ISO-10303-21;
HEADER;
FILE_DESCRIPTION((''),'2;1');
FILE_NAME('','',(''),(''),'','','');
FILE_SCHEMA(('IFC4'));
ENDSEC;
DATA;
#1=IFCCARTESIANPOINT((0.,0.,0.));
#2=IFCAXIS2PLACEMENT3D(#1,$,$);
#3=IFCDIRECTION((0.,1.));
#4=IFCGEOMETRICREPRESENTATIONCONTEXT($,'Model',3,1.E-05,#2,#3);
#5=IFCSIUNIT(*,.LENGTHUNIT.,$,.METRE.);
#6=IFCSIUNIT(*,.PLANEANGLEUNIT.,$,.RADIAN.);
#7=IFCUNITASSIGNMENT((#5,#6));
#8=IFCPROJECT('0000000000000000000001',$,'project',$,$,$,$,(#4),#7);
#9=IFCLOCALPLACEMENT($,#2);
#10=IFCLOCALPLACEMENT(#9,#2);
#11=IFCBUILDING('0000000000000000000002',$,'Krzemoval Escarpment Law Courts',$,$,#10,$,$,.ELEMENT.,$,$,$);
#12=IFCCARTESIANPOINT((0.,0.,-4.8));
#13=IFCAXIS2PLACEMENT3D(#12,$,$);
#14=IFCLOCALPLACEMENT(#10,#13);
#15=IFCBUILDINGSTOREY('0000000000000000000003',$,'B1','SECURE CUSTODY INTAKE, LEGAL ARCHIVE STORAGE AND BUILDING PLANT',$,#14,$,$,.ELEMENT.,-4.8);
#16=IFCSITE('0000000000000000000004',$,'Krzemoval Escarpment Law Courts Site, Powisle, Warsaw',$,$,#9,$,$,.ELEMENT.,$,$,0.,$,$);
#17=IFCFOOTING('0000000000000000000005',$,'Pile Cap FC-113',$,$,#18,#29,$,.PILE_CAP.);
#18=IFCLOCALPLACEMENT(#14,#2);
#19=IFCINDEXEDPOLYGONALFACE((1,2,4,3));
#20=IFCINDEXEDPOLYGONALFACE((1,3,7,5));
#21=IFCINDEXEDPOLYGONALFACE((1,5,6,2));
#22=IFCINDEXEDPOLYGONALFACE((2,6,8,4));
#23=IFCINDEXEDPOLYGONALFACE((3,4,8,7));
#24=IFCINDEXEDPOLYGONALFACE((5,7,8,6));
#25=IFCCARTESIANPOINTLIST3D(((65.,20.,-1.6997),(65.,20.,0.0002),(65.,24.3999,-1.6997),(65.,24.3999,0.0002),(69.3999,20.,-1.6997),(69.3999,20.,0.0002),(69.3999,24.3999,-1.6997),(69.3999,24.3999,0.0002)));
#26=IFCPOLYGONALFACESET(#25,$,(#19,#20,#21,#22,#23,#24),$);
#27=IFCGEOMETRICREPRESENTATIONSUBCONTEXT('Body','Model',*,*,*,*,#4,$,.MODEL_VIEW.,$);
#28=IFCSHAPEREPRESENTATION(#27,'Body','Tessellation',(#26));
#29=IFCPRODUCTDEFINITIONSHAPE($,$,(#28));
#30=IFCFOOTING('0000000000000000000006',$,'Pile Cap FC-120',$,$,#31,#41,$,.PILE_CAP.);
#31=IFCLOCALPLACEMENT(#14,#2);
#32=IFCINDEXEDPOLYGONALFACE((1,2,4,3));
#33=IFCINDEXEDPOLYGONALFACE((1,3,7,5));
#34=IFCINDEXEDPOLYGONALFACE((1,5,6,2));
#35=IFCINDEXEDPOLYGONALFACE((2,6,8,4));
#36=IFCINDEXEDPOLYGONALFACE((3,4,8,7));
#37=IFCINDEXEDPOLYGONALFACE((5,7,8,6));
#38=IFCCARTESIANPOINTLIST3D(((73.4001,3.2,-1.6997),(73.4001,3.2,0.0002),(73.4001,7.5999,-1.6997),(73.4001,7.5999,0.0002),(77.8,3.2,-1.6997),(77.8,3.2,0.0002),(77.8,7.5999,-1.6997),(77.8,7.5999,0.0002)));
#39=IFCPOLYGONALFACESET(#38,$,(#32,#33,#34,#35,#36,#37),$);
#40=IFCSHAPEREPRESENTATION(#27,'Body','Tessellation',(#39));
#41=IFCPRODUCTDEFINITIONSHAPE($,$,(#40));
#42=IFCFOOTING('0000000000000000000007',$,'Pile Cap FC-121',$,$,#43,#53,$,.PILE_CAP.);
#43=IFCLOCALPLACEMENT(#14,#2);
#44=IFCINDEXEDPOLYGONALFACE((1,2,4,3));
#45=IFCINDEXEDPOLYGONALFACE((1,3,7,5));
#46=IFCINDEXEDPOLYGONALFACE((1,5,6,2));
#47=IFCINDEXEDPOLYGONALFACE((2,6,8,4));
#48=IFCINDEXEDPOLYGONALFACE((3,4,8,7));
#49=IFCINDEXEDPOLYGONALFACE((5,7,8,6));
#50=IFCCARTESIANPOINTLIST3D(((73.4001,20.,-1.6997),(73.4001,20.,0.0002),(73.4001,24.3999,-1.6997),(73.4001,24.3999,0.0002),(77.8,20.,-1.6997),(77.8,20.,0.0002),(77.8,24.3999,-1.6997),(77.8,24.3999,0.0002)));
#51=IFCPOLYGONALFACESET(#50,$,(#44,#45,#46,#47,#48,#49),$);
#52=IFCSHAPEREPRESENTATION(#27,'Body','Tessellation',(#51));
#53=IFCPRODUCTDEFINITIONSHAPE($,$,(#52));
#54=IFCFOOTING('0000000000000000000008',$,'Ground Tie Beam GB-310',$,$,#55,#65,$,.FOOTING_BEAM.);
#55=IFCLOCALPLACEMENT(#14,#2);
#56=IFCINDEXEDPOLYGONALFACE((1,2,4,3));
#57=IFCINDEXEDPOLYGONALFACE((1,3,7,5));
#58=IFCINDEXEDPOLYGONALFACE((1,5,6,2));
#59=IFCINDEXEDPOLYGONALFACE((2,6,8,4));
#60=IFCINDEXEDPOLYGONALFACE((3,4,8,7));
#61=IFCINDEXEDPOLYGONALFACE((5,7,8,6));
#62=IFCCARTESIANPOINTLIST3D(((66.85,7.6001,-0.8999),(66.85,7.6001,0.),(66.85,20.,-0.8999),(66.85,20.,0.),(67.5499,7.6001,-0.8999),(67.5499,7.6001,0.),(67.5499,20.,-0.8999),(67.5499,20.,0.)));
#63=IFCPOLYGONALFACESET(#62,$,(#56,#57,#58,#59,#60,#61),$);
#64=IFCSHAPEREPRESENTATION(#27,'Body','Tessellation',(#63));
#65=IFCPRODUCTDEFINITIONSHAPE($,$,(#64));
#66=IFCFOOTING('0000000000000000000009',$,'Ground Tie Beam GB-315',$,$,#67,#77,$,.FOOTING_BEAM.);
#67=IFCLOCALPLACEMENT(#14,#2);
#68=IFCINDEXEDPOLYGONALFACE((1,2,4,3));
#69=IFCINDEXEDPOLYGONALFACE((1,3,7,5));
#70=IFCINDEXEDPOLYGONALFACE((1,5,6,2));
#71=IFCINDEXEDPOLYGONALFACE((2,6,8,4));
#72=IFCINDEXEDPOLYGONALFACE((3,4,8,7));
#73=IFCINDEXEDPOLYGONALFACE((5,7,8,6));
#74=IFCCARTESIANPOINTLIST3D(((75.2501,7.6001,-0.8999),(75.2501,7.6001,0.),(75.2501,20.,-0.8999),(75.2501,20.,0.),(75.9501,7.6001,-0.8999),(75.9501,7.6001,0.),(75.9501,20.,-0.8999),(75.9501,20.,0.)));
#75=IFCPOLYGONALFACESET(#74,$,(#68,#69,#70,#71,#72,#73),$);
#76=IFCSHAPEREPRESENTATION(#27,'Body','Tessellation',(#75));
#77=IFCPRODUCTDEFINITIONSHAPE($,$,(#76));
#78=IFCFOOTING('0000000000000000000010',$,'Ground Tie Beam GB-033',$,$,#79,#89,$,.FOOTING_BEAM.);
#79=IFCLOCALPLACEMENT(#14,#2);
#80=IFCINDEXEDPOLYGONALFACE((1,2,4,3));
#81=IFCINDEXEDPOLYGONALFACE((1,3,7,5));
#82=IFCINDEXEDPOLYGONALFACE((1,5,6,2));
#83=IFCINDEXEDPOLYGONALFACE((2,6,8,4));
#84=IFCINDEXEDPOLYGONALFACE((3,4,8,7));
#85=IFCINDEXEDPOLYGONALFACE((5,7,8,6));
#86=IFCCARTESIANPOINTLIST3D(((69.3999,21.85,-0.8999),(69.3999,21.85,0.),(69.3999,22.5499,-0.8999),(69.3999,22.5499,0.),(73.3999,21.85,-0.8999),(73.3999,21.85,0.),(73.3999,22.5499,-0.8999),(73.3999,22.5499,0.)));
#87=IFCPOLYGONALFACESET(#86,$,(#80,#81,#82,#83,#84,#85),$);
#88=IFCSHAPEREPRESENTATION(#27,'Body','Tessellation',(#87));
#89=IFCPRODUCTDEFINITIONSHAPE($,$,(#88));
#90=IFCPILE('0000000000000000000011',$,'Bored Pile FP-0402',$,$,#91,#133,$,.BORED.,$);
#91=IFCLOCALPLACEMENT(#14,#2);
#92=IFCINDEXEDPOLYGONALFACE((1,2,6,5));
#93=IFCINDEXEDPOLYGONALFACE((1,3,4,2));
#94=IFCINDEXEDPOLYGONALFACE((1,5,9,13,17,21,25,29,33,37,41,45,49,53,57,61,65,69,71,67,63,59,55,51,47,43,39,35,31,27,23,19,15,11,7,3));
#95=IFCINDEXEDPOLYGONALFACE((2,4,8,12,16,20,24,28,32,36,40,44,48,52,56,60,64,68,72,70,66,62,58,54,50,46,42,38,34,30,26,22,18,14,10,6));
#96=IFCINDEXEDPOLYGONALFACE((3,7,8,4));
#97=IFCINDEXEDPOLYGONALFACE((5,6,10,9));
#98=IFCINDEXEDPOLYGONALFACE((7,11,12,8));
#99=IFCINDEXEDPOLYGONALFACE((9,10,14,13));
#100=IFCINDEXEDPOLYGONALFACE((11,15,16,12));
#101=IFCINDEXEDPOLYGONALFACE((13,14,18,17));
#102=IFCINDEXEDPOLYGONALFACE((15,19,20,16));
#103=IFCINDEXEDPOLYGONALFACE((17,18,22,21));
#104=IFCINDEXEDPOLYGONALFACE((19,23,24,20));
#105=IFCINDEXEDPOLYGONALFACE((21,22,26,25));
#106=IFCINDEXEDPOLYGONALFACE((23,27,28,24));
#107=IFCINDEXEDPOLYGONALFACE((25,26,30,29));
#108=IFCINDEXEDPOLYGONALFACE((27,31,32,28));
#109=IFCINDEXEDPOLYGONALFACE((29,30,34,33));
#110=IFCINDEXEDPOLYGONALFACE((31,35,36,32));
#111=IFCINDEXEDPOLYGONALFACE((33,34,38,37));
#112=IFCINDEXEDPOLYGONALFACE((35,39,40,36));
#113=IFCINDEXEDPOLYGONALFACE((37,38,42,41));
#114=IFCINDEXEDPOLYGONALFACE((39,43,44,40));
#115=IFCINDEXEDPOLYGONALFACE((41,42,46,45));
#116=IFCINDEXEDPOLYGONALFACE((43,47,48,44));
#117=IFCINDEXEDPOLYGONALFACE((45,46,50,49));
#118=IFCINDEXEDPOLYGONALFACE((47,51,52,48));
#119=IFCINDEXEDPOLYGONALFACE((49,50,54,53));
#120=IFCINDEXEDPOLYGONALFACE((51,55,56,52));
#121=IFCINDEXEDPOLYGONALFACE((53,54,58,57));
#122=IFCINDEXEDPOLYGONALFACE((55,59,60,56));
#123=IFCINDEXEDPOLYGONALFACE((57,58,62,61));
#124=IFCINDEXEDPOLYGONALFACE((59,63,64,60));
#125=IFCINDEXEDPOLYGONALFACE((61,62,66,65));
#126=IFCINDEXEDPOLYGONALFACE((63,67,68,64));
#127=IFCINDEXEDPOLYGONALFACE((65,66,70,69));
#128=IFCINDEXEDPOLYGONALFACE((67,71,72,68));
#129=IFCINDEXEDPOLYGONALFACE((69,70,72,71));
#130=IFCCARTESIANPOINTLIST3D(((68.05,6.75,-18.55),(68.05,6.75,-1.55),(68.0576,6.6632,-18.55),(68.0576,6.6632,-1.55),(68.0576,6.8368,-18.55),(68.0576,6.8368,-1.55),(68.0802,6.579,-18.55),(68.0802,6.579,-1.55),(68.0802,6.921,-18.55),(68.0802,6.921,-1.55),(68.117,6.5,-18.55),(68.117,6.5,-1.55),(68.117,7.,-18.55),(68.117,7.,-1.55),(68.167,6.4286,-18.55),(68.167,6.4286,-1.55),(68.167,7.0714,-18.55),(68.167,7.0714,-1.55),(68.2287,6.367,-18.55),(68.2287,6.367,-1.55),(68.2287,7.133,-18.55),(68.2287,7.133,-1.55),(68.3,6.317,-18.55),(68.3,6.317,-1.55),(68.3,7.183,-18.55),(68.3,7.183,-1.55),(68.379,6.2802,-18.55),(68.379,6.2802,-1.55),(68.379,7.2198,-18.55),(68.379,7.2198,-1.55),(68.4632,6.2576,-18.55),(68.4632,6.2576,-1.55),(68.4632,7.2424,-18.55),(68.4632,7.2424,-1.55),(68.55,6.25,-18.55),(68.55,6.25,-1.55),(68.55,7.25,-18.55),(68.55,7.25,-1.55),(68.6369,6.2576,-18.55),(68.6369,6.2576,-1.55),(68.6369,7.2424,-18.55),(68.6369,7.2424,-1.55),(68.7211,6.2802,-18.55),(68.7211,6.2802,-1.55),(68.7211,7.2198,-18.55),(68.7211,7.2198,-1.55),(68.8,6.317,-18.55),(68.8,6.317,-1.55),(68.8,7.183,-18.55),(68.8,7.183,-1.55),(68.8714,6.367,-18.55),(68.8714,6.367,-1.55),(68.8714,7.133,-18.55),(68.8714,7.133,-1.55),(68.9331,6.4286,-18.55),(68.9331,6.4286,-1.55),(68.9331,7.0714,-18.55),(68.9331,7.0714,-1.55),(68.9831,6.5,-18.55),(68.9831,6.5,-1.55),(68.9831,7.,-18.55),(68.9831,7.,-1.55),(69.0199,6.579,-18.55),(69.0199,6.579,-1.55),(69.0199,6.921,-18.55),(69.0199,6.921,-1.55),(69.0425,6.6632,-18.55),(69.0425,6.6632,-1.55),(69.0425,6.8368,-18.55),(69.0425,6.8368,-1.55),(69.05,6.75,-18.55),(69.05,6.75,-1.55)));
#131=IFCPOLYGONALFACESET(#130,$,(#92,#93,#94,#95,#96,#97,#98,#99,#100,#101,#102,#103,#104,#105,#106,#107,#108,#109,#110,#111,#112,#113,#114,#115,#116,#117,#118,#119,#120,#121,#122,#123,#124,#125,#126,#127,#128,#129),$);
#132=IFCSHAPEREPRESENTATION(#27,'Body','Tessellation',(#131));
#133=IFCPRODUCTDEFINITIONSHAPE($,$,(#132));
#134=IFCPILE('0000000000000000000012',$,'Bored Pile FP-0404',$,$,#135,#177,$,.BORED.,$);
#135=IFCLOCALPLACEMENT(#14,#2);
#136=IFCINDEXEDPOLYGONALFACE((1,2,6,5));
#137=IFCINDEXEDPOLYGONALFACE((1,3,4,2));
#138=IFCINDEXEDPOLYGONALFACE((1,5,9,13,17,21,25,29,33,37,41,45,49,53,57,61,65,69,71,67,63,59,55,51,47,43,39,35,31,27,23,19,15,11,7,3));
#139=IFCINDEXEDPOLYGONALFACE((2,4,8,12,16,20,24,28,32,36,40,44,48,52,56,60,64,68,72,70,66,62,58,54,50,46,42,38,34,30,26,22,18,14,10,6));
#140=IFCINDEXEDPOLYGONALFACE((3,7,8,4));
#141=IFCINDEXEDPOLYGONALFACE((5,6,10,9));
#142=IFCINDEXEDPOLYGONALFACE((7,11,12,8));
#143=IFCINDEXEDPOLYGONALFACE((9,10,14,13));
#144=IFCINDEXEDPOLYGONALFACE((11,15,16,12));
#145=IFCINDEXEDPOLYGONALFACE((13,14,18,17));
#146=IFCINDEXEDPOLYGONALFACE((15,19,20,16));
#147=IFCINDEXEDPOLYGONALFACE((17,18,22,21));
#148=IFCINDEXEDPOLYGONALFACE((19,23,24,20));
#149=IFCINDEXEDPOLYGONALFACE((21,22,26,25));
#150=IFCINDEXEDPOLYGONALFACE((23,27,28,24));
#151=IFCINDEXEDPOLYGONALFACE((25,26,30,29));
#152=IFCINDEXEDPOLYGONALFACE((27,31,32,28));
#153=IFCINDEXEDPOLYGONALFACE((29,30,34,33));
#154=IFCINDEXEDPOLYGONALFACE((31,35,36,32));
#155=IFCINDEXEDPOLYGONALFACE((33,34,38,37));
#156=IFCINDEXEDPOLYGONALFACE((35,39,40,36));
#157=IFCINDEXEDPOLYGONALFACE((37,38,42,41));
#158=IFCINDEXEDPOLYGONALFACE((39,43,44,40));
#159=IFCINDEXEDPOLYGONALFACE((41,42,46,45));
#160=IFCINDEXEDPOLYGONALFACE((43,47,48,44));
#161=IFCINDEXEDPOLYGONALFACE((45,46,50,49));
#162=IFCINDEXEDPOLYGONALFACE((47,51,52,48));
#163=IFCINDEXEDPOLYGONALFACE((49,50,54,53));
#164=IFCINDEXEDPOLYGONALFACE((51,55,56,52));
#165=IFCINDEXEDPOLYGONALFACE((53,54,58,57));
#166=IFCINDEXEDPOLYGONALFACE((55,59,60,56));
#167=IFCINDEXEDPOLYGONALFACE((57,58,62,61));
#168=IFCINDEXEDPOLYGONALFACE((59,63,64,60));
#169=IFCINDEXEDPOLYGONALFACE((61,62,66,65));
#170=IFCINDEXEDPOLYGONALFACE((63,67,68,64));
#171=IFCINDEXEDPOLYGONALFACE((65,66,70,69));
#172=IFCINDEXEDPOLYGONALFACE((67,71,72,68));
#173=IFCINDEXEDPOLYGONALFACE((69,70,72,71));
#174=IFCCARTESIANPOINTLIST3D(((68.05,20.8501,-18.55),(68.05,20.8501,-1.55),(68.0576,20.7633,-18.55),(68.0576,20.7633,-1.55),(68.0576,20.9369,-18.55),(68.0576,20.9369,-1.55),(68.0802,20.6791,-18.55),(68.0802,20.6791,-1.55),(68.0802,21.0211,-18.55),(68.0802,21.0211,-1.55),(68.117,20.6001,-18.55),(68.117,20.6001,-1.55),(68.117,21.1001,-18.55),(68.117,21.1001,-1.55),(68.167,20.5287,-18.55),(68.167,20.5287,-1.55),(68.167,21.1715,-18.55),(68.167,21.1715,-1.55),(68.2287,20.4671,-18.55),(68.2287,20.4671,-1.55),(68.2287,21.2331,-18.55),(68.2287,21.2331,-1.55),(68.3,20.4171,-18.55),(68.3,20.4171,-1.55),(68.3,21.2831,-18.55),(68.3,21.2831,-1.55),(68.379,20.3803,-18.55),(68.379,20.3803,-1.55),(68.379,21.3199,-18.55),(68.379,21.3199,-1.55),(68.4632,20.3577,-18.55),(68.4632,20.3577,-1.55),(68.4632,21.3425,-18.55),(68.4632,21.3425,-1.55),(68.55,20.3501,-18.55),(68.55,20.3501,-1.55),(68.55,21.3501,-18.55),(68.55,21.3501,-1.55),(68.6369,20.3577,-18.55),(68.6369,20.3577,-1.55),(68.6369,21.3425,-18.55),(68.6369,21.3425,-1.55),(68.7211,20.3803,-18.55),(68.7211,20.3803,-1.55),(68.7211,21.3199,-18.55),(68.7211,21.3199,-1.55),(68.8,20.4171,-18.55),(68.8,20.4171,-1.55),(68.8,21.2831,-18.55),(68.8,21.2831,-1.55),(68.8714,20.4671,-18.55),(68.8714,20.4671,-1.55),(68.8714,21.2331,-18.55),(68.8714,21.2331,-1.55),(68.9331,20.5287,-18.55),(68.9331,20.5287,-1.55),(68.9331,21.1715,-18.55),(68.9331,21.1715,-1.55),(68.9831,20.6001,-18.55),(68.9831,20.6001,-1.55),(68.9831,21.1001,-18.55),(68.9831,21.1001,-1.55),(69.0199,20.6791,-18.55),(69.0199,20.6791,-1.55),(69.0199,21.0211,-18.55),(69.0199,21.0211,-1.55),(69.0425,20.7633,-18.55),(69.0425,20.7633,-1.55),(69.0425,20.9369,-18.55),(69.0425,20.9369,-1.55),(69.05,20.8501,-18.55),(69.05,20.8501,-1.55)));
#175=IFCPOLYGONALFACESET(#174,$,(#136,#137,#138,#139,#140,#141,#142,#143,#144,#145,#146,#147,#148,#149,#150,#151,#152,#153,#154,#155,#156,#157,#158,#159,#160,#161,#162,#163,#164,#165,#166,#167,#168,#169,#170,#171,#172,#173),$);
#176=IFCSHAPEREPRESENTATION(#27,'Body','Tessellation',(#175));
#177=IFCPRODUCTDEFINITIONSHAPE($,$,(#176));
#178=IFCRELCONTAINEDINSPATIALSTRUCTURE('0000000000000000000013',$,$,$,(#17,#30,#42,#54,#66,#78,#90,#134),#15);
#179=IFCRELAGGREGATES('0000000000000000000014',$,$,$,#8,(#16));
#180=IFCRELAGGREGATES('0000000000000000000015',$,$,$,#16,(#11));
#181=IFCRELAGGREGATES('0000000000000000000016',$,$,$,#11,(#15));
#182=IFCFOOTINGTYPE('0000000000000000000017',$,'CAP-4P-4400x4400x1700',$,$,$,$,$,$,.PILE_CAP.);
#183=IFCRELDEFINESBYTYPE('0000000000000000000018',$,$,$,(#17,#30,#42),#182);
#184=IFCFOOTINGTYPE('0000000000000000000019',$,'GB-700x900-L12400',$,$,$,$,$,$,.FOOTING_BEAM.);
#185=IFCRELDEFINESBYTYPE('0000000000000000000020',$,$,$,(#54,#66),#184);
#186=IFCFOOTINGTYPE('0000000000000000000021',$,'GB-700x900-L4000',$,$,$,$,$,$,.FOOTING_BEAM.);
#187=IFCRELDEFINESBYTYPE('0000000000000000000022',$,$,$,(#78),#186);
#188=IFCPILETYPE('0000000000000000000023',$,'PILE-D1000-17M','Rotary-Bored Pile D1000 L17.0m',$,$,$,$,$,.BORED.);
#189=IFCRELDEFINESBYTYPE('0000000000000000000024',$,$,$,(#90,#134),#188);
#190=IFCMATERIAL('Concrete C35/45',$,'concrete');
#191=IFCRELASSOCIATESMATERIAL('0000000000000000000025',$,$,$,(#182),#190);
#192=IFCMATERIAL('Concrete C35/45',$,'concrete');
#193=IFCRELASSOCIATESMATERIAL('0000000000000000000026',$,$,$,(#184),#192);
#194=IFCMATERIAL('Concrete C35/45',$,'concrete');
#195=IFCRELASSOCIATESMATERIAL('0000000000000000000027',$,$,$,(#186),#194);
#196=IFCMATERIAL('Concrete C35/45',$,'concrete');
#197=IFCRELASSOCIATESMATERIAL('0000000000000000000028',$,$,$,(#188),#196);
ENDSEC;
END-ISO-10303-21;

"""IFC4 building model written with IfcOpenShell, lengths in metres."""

from ifc_helpers import new_model, si_unit, direction, frame, origin, origin_2d, place, context, subcontext, project, spatial, rectangle, circle, extrude, material, material_profile, profile_set, type_object, element, save


model = new_model("IFC4")

# Units and contexts
model_context = context("Model", 3, precision=1e-05, world=origin(), true_north=direction((0.0, 1.0)))
body_context = subcontext(model_context, "Body", "Model", "MODEL_VIEW")
ifc_project = project(units=[si_unit("LENGTHUNIT", "METRE"), si_unit("PLANEANGLEUNIT", "RADIAN")], contexts=[model_context])

# Site, building, storey
site_placement = place(None, origin())
site = spatial("IfcSite", under=ifc_project, at=site_placement, Name="Krzemoval Escarpment Law Courts Site, Powisle, Warsaw", CompositionType="ELEMENT", RefElevation=0.0)
building_placement = place(site_placement, origin())
building = spatial("IfcBuilding", under=site, at=building_placement, Name="Krzemoval Escarpment Law Courts", CompositionType="ELEMENT")
storey_placement = place(building_placement, frame((0.0, 0.0, -4.8)))
storey = spatial("IfcBuildingStorey", under=building, at=storey_placement, Name="B1", Description="SECURE CUSTODY INTAKE, LEGAL ARCHIVE STORAGE AND BUILDING PLANT", CompositionType="ELEMENT", Elevation=-4.8)

# Footings
ifc_material_1 = material(Name="Concrete C35/45", Category="concrete")
footing_type_1 = type_object("IfcFootingType", Name="CAP-4P-4400x4400x1700", PredefinedType="PILE_CAP", material=ifc_material_1)
for number, where, z_axis, x_axis, name in (
    (1, (67.2, 22.2, -1.6997), (0.0, 0.0, 1.0), (1.0, 0.0, 0.0), "Pile Cap FC-113"),
    (2, (75.6001, 5.3999, -1.6997), (0.0, 0.0, 1.0), (1.0, 0.0, 0.0), "Pile Cap FC-120"),
    (3, (75.6001, 22.2, -1.6997), (0.0, 0.0, 1.0), (1.0, 0.0, 0.0), "Pile Cap FC-121"),
):
    element("IfcFooting", number, at=place(storey_placement, frame(where, z_axis=z_axis, x_axis=x_axis)), inside=storey, type_object=footing_type_1, Name=name, PredefinedType="PILE_CAP", context=body_context, shape_type="SweptSolid", body=[
        extrude(rectangle(XDim=4.3999, YDim=4.3999, at=origin_2d()), origin(), (0.0, 0.0, 1.0), 1.7),
    ])
ifc_material_2 = material(Name="Concrete C35/45", Category="concrete")
footing_type_2 = type_object("IfcFootingType", Name="GB-700x900-L12400", PredefinedType="FOOTING_BEAM", material=ifc_material_2)
for number, where, z_axis, x_axis, name in (
    (4, (67.2, 13.8, -0.8999), (0.0, 0.0, 1.0), (0.0, 1.0, 0.0), "Ground Tie Beam GB-310"),
    (5, (75.6001, 13.8, -0.8999), (0.0, 0.0, 1.0), (0.0, 1.0, 0.0), "Ground Tie Beam GB-315"),
):
    element("IfcFooting", number, at=place(storey_placement, frame(where, z_axis=z_axis, x_axis=x_axis)), inside=storey, type_object=footing_type_2, Name=name, PredefinedType="FOOTING_BEAM", context=body_context, shape_type="SweptSolid", body=[
        extrude(rectangle(XDim=12.3999, YDim=0.7, at=origin_2d()), origin(), (0.0, 0.0, 1.0), 0.8999),
    ])
ifc_material_3 = material(Name="Concrete C35/45", Category="concrete")
footing_type_3 = type_object("IfcFootingType", Name="GB-700x900-L4000", PredefinedType="FOOTING_BEAM", material=ifc_material_3)
footing_placement = place(storey_placement, frame((71.3999, 22.2, -0.8999), z_axis=(0.0, 0.0, 1.0), x_axis=(1.0, 0.0, 0.0)))
element("IfcFooting", 6, at=footing_placement, inside=storey, type_object=footing_type_3, Name="Ground Tie Beam GB-033", PredefinedType="FOOTING_BEAM", context=body_context, shape_type="SweptSolid", body=[
    extrude(rectangle(XDim=4.0, YDim=0.7, at=origin_2d()), origin(), (0.0, 0.0, 1.0), 0.8999),
])

# Piles
ifc_material_4 = material(Name="Concrete C35/45", Category="concrete")
ifc_material_profile_1 = material_profile(ifc_material_4, circle(Radius=0.5, at=origin_2d()), Name="PILE D1000")
ifc_profile_set_1 = profile_set([ifc_material_profile_1], Name="Concrete C35/45")
pile_type = type_object("IfcPileType", Name="PILE-D1000-17M", Description="Rotary-Bored Pile D1000 L17.0m", PredefinedType="BORED", material=ifc_profile_set_1)
for number, where, z_axis, x_axis, name in (
    (7, (68.55, 6.75, -1.55), (0.0, 0.0, -1.0), (1.0, 0.0, 0.0), "Bored Pile FP-0402"),
    (8, (68.55, 20.8501, -1.55), (0.0, 0.0, -1.0), (1.0, 0.0, 0.0), "Bored Pile FP-0404"),
):
    element("IfcPile", number, at=place(storey_placement, frame(where, z_axis=z_axis, x_axis=x_axis)), inside=storey, type_object=pile_type, Name=name, PredefinedType="BORED", context=body_context, shape_type="SweptSolid", body=[
        extrude(circle(Radius=0.5, at=origin_2d()), origin(), (0.0, 0.0, 1.0), 17.0),
    ])

save(model, "model.ifc")
